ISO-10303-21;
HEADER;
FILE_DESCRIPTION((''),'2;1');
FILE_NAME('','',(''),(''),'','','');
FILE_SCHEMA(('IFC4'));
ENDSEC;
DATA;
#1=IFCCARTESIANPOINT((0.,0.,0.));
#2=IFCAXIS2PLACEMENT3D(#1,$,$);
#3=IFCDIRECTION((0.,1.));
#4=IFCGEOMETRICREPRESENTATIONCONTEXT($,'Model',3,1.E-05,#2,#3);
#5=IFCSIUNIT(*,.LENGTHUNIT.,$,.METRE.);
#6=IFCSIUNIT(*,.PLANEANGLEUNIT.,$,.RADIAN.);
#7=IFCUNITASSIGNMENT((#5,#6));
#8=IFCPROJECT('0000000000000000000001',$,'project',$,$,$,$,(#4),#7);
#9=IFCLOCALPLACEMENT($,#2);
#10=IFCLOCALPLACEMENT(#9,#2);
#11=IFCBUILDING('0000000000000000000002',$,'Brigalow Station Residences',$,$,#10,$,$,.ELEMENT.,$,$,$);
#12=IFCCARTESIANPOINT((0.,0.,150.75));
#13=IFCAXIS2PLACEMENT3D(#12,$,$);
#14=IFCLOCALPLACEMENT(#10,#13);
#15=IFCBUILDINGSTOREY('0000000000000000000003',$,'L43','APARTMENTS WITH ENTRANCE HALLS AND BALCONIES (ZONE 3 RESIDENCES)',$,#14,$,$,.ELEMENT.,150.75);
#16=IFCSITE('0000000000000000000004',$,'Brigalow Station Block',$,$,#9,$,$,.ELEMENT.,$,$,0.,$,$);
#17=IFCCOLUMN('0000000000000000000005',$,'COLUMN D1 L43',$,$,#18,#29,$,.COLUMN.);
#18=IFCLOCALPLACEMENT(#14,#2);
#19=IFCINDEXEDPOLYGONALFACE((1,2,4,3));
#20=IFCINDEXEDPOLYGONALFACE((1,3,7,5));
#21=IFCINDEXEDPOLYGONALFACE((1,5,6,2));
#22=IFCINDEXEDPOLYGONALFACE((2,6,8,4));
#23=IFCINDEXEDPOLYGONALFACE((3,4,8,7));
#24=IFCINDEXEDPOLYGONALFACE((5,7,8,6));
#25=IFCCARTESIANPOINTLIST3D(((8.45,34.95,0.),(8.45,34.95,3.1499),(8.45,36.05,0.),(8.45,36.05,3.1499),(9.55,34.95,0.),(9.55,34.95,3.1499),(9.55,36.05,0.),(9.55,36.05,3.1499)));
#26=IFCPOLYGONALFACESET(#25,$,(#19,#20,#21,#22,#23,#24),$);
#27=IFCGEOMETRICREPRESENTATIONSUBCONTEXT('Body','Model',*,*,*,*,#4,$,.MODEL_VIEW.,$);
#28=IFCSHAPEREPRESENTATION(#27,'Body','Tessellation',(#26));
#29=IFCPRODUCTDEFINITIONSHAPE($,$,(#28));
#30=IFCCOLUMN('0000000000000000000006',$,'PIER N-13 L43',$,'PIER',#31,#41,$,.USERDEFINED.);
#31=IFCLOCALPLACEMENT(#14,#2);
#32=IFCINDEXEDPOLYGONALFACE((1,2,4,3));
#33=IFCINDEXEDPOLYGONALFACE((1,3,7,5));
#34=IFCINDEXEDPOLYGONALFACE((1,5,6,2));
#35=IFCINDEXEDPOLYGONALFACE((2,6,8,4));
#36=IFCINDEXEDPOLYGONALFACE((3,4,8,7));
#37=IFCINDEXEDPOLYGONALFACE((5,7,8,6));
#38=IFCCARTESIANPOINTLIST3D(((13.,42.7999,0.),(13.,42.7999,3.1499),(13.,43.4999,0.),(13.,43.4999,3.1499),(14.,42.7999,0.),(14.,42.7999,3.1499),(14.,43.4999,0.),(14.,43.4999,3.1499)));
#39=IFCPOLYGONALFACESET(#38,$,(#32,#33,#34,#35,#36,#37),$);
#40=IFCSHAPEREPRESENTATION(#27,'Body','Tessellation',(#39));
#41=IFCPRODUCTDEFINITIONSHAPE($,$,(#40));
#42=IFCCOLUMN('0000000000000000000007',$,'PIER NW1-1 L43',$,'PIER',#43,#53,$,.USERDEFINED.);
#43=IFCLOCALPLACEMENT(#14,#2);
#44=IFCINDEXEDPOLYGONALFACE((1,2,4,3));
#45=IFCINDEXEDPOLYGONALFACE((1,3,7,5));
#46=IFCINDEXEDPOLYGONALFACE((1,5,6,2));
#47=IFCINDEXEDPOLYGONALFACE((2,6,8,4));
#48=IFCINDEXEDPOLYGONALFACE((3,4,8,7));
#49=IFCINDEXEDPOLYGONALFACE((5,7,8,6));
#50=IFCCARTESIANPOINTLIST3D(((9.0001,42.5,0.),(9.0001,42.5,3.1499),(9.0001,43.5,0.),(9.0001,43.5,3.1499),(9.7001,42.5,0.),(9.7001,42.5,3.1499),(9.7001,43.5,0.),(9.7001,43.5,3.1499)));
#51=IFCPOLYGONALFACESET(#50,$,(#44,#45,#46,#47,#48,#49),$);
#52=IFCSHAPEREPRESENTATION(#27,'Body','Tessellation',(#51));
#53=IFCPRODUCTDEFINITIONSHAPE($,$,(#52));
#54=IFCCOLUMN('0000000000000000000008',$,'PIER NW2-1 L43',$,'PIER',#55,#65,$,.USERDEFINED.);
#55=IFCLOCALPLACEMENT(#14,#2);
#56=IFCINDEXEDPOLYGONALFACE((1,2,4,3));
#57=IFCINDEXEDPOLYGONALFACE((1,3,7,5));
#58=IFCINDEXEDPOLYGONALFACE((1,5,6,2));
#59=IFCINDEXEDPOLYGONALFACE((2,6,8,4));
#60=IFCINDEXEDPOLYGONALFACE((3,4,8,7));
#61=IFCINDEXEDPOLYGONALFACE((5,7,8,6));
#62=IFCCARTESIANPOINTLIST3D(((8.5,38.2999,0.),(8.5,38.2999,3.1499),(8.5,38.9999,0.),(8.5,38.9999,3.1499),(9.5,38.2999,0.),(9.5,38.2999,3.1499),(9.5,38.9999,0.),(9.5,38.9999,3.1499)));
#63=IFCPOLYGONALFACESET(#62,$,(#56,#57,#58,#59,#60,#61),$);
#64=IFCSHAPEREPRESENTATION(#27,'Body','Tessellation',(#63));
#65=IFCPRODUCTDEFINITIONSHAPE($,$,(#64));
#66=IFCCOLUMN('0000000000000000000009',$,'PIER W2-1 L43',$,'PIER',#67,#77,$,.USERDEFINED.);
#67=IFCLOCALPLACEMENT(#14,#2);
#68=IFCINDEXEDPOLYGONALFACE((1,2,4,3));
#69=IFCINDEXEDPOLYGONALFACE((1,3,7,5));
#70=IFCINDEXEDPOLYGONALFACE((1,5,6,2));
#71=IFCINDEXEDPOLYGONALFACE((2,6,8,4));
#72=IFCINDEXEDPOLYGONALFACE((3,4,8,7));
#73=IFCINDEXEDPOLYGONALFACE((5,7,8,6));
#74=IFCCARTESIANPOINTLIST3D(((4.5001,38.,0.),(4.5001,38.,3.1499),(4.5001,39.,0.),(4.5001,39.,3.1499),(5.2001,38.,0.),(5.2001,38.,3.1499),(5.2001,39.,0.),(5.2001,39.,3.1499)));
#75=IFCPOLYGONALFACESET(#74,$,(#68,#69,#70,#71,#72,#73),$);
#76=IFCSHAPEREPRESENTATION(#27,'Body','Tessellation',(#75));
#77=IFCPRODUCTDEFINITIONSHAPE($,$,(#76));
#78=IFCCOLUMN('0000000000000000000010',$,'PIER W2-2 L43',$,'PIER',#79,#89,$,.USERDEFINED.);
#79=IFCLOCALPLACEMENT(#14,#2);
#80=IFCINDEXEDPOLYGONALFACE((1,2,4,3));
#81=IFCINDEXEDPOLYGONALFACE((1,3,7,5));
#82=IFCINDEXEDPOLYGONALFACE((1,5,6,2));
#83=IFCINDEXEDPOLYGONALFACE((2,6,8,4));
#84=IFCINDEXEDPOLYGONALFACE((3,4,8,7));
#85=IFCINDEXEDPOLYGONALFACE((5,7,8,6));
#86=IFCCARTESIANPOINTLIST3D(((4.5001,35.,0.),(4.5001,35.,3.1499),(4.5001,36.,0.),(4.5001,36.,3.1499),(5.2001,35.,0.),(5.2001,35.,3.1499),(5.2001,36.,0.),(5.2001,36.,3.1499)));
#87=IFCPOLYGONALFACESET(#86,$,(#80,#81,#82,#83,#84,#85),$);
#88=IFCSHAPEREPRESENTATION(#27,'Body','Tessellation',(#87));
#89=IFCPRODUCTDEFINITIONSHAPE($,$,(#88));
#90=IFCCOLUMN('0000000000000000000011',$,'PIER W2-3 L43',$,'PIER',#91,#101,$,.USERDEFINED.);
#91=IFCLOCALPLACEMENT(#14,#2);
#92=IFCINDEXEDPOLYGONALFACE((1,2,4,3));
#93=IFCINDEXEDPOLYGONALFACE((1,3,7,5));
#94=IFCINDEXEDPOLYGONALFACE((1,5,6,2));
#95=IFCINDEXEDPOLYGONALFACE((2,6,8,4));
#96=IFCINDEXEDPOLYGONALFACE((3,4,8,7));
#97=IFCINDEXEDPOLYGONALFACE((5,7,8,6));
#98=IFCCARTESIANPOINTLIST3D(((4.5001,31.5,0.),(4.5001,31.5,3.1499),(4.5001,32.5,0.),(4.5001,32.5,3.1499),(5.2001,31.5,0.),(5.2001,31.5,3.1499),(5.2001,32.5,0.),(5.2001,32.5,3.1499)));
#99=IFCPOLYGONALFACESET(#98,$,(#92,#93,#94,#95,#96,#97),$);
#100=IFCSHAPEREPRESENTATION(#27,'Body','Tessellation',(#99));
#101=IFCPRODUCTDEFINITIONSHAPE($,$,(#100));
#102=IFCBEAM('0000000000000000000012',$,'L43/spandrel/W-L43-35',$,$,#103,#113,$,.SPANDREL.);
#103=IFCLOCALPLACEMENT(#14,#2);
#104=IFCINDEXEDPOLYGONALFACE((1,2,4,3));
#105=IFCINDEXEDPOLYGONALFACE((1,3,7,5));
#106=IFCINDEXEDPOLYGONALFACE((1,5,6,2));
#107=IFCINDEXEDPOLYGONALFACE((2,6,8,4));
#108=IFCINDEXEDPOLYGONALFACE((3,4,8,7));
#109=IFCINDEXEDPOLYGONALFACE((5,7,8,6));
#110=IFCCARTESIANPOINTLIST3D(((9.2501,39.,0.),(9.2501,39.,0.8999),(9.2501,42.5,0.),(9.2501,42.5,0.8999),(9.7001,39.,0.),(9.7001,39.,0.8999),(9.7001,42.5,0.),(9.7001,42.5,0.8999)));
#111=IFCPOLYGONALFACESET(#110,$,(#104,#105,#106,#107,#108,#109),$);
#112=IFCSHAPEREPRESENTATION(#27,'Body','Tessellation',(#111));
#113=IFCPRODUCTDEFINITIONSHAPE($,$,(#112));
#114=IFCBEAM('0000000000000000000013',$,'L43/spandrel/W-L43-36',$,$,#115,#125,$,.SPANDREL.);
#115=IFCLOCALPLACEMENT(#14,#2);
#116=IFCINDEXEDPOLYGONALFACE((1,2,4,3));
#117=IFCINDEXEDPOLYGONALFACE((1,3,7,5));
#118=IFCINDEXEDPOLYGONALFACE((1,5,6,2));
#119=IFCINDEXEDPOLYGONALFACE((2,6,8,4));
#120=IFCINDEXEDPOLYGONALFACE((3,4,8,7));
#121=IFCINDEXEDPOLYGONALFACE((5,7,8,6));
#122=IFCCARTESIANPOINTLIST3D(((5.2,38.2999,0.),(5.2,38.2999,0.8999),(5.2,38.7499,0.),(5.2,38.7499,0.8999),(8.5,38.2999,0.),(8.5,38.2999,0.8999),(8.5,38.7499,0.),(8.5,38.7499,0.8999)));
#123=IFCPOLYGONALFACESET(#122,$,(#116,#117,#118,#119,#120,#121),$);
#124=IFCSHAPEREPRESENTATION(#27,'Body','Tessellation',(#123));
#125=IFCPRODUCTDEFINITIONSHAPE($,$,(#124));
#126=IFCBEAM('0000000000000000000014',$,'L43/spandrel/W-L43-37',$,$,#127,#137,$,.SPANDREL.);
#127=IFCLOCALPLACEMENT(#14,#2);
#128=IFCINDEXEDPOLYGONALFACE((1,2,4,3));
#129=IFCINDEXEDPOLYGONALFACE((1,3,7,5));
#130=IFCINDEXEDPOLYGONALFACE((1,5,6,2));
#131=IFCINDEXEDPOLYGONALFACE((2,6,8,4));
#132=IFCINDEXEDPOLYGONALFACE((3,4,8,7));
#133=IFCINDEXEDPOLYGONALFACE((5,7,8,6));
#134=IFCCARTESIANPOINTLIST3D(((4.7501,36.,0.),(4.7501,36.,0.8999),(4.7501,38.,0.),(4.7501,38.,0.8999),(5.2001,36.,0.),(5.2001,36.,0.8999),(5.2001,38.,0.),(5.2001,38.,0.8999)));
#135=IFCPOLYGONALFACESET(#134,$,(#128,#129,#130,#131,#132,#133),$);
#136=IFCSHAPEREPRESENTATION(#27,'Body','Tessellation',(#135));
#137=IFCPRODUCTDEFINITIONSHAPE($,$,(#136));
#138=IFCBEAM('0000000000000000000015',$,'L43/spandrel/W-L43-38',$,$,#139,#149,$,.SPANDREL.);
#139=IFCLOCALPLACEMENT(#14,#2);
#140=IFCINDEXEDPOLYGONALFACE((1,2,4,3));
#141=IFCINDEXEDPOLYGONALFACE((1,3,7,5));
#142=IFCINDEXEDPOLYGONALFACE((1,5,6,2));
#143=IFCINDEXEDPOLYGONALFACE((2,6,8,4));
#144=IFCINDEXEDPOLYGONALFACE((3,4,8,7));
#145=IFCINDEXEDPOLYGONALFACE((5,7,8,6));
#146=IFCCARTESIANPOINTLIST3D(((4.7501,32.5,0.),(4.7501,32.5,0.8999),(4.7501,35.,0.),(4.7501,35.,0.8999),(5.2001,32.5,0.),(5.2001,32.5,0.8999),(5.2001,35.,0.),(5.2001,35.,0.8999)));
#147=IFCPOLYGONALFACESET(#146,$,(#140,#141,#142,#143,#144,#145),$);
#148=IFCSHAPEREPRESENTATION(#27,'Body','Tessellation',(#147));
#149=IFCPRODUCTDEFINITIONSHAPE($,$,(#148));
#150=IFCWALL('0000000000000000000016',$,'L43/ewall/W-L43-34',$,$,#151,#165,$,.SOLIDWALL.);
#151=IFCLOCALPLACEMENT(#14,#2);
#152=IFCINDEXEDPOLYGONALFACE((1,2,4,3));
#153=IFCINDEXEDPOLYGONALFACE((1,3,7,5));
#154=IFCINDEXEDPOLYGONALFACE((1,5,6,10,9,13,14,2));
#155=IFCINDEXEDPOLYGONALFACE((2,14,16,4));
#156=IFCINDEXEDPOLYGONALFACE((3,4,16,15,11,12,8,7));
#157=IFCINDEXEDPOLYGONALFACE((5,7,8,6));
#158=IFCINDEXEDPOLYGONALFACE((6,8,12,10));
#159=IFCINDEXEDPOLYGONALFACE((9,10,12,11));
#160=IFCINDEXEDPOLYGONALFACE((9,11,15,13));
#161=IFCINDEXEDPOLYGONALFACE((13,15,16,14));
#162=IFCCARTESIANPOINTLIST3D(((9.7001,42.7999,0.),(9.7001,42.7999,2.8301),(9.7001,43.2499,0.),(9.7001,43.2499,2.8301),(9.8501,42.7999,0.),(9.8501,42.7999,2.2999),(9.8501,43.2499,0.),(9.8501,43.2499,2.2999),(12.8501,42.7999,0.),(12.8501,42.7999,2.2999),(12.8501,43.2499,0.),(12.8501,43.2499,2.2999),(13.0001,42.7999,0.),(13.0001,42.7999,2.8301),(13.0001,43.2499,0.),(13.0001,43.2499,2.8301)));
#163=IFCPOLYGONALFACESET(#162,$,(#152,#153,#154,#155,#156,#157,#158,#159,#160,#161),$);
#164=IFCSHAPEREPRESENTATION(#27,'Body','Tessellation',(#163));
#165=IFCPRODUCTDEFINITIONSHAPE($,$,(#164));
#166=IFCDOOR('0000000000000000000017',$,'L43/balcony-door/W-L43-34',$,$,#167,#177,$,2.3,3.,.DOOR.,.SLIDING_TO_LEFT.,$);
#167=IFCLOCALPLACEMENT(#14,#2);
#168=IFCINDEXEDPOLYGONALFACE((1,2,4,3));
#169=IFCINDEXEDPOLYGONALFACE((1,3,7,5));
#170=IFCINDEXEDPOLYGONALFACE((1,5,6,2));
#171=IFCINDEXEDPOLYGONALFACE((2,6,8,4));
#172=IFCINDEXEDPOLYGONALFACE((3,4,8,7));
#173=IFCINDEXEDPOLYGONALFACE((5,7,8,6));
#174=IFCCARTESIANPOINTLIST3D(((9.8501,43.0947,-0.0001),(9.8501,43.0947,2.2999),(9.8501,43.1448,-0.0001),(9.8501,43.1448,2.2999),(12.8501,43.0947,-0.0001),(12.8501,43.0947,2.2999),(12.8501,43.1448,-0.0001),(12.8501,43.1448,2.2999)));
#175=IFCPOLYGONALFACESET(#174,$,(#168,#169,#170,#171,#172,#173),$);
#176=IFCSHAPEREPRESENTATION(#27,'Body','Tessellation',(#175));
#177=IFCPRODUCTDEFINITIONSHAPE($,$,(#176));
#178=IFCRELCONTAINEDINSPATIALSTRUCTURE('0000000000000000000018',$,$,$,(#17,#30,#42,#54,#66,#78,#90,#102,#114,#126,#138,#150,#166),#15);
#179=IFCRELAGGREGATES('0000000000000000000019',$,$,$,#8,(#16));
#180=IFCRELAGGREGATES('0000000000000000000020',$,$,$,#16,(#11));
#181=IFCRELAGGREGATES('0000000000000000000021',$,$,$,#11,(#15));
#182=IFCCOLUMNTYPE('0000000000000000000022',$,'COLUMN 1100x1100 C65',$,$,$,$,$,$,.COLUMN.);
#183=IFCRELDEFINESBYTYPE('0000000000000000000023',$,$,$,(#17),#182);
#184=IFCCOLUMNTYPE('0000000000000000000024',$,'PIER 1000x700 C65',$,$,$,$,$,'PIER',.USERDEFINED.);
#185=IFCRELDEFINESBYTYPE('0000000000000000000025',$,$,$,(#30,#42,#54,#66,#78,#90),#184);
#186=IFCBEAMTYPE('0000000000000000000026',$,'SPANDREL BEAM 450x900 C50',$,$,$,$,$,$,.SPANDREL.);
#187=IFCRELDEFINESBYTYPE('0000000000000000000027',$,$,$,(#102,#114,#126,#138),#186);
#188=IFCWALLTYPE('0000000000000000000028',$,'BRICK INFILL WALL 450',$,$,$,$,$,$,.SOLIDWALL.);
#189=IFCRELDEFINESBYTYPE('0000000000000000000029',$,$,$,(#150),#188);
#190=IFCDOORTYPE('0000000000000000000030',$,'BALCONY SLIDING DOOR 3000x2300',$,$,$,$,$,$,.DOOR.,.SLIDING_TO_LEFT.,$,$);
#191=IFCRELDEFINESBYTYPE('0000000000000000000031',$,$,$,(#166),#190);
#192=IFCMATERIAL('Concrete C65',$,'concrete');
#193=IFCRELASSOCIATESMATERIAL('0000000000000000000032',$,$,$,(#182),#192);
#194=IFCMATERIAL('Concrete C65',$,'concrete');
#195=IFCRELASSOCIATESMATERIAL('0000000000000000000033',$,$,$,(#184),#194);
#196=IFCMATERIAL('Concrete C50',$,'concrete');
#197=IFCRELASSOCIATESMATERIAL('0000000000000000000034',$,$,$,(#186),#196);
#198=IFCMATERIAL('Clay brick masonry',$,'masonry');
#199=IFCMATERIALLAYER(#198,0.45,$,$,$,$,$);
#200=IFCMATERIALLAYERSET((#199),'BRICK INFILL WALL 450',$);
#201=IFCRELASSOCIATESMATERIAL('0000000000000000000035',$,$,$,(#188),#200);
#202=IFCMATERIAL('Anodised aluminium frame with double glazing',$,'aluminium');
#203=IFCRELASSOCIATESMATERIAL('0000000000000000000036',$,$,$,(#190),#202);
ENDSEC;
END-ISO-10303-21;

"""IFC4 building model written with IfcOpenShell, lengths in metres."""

from ifc_helpers import new_model, si_unit, direction, frame, frame_2d, origin, origin_2d, place, context, subcontext, project, spatial, rectangle, extrude, material, layer, layer_set, material_profile, profile_set, type_object, element, fill, save


model = new_model("IFC4")

# Units and contexts
model_context = context("Model", 3, precision=1e-05, world=origin(), true_north=direction((0.0, 1.0)))
body_context = subcontext(model_context, "Body", "Model", "MODEL_VIEW")
ifc_project = project(units=[si_unit("LENGTHUNIT", "METRE"), si_unit("PLANEANGLEUNIT", "RADIAN")], contexts=[model_context])

# Site, building, storey
site_placement = place(None, origin())
site = spatial("IfcSite", under=ifc_project, at=site_placement, Name="Brigalow Station Block", CompositionType="ELEMENT", RefElevation=0.0)
building_placement = place(site_placement, origin())
building = spatial("IfcBuilding", under=site, at=building_placement, Name="Brigalow Station Residences", CompositionType="ELEMENT")
storey_placement = place(building_placement, frame((0.0, 0.0, 150.75)))
storey = spatial("IfcBuildingStorey", under=building, at=storey_placement, Name="L43", Description="APARTMENTS WITH ENTRANCE HALLS AND BALCONIES (ZONE 3 RESIDENCES)", CompositionType="ELEMENT", Elevation=150.75)

# Columns
ifc_material_1 = material(Name="Concrete C65", Category="concrete")
ifc_material_profile_1 = material_profile(ifc_material_1, rectangle(XDim=1.1001, YDim=1.1001, at=origin_2d()), Name="RC1100x1100")
ifc_profile_set_1 = profile_set([ifc_material_profile_1], Name="Concrete C65")
column_type_1 = type_object("IfcColumnType", Name="COLUMN 1100x1100 C65", PredefinedType="COLUMN", material=ifc_profile_set_1)
column_placement = place(storey_placement, frame((9.0, 35.5, 0.0), z_axis=(0.0, 0.0, 1.0), x_axis=(1.0, 0.0, 0.0)))
element("IfcColumn", 1, at=column_placement, inside=storey, type_object=column_type_1, Name="COLUMN D1 L43", PredefinedType="COLUMN", context=body_context, shape_type="SweptSolid", body=[
    extrude(rectangle(XDim=1.1001, YDim=1.1001, at=origin_2d()), origin(), (0.0, 0.0, 1.0), 3.1499),
])
ifc_material_2 = material(Name="Concrete C65", Category="concrete")
ifc_material_profile_2 = material_profile(ifc_material_2, rectangle(XDim=1.0, YDim=0.7, at=origin_2d()), Name="RC1000x700")
ifc_profile_set_2 = profile_set([ifc_material_profile_2], Name="Concrete C65")
column_type_2 = type_object("IfcColumnType", Name="PIER 1000x700 C65", ElementType="PIER", PredefinedType="USERDEFINED", material=ifc_profile_set_2)
for number, where, z_axis, x_axis, name in (
    (2, (13.5, 43.1499, 0.0), (0.0, 0.0, 1.0), (-1.0, 0.0, 0.0), "PIER N-13 L43"),
    (3, (9.3501, 43.0, 0.0), (0.0, 0.0, 1.0), (0.0, -1.0, 0.0), "PIER NW1-1 L43"),
    (4, (9.0, 38.6499, 0.0), (0.0, 0.0, 1.0), (-1.0, 0.0, 0.0), "PIER NW2-1 L43"),
    (5, (4.8501, 38.5, 0.0), (0.0, 0.0, 1.0), (0.0, -1.0, 0.0), "PIER W2-1 L43"),
    (6, (4.8501, 35.5, 0.0), (0.0, 0.0, 1.0), (0.0, -1.0, 0.0), "PIER W2-2 L43"),
    (7, (4.8501, 32.0, 0.0), (0.0, 0.0, 1.0), (0.0, -1.0, 0.0), "PIER W2-3 L43"),
):
    element("IfcColumn", number, at=place(storey_placement, frame(where, z_axis=z_axis, x_axis=x_axis)), inside=storey, type_object=column_type_2, Name=name, ObjectType="PIER", PredefinedType="USERDEFINED", context=body_context, shape_type="SweptSolid", body=[
        extrude(rectangle(XDim=1.0, YDim=0.7, at=origin_2d()), origin(), (0.0, 0.0, 1.0), 3.1499),
    ])

# Beams
ifc_material_3 = material(Name="Concrete C50", Category="concrete")
ifc_material_profile_3 = material_profile(ifc_material_3, rectangle(XDim=0.45, YDim=0.8999, at=origin_2d()), Name="RC450x900")
ifc_profile_set_3 = profile_set([ifc_material_profile_3], Name="Concrete C50")
beam_type = type_object("IfcBeamType", Name="SPANDREL BEAM 450x900 C50", PredefinedType="SPANDREL", material=ifc_profile_set_3)
beam_1_placement = place(storey_placement, frame((9.4751, 42.5, 0.45), z_axis=(0.0, -1.0, 0.0), x_axis=(1.0, 0.0, 0.0)))
element("IfcBeam", 8, at=beam_1_placement, inside=storey, type_object=beam_type, Name="L43/spandrel/W-L43-35", PredefinedType="SPANDREL", context=body_context, shape_type="SweptSolid", body=[
    extrude(rectangle(XDim=0.45, YDim=0.8999, at=origin_2d()), origin(), (0.0, 0.0, 1.0), 3.5),
])
beam_2_placement = place(storey_placement, frame((8.5, 38.5249, 0.45), z_axis=(-1.0, 0.0, 0.0), x_axis=(0.0, -1.0, 0.0)))
element("IfcBeam", 9, at=beam_2_placement, inside=storey, type_object=beam_type, Name="L43/spandrel/W-L43-36", PredefinedType="SPANDREL", context=body_context, shape_type="SweptSolid", body=[
    extrude(rectangle(XDim=0.45, YDim=0.8999, at=origin_2d()), origin(), (0.0, 0.0, 1.0), 3.3),
])
beam_3_placement = place(storey_placement, frame((4.9751, 38.0, 0.45), z_axis=(0.0, -1.0, 0.0), x_axis=(1.0, 0.0, 0.0)))
element("IfcBeam", 10, at=beam_3_placement, inside=storey, type_object=beam_type, Name="L43/spandrel/W-L43-37", PredefinedType="SPANDREL", context=body_context, shape_type="SweptSolid", body=[
    extrude(rectangle(XDim=0.45, YDim=0.8999, at=origin_2d()), origin(), (0.0, 0.0, 1.0), 2.0),
])
beam_4_placement = place(storey_placement, frame((4.9751, 35.0, 0.45), z_axis=(0.0, -1.0, 0.0), x_axis=(1.0, 0.0, 0.0)))
element("IfcBeam", 11, at=beam_4_placement, inside=storey, type_object=beam_type, Name="L43/spandrel/W-L43-38", PredefinedType="SPANDREL", context=body_context, shape_type="SweptSolid", body=[
    extrude(rectangle(XDim=0.45, YDim=0.8999, at=origin_2d()), origin(), (0.0, 0.0, 1.0), 2.5),
])

# Wall, opening, door
ifc_material_4 = material(Name="Clay brick masonry", Category="masonry")
ifc_layer_1 = layer(ifc_material_4, 0.45)
ifc_layer_set_1 = layer_set([ifc_layer_1], Name="BRICK INFILL WALL 450")
wall_type_1 = type_object("IfcWallType", Name="BRICK INFILL WALL 450", PredefinedType="SOLIDWALL", material=ifc_layer_set_1)
wall_1_placement = place(storey_placement, frame((13.0, 43.0249, 0.0), z_axis=(0.0, 0.0, 1.0), x_axis=(-1.0, 0.0, 0.0)))
wall_1 = element("IfcWall", 12, at=wall_1_placement, inside=storey, type_object=wall_type_1, Name="L43/ewall/W-L43-34", PredefinedType="SOLIDWALL", context=body_context, shape_type="SweptSolid", body=[
    extrude(rectangle(XDim=3.3, YDim=0.45, at=frame_2d((1.6499, 0.0))), origin(), (0.0, 0.0, 1.0), 2.8301),
])
opening_1_placement = place(wall_1_placement, frame((0.1499, 0.0, 0.0)))
opening_1 = element("IfcOpeningElement", 13, at=opening_1_placement, cuts=wall_1, PredefinedType="OPENING", context=body_context, shape_type="SweptSolid", body=[
    extrude(rectangle(XDim=3.0, YDim=2.3, at=frame_2d((1.5, 1.1499))), frame((0.0, 0.2349, 0.0), z_axis=(0.0, -1.0, 0.0), x_axis=(1.0, 0.0, 0.0)), (0.0, 0.0, 1.0), 0.47),
])
ifc_material_5 = material(Name="Anodised aluminium frame with double glazing", Category="aluminium")
door_type_1 = type_object("IfcDoorType", Name="BALCONY SLIDING DOOR 3000x2300", OperationType="SLIDING_TO_LEFT", PredefinedType="DOOR", material=ifc_material_5)
door_1_placement = place(opening_1_placement, origin())
door_1 = element("IfcDoor", 14, at=door_1_placement, inside=storey, type_object=door_type_1, Name="L43/balcony-door/W-L43-34", OperationType="SLIDING_TO_LEFT", OverallHeight=2.3, OverallWidth=3.0, PredefinedType="DOOR", context=body_context, shape_type="SweptSolid", body=[
    extrude(rectangle(XDim=3.0, YDim=2.3, at=frame_2d((1.5, 1.1499))), frame((0.0, -0.0698, 0.0), z_axis=(0.0, -1.0, 0.0), x_axis=(1.0, 0.0, 0.0)), (0.0, 0.0, 1.0), 0.05),
])
fill(opening_1, door_1)

save(model, "model.ifc")
